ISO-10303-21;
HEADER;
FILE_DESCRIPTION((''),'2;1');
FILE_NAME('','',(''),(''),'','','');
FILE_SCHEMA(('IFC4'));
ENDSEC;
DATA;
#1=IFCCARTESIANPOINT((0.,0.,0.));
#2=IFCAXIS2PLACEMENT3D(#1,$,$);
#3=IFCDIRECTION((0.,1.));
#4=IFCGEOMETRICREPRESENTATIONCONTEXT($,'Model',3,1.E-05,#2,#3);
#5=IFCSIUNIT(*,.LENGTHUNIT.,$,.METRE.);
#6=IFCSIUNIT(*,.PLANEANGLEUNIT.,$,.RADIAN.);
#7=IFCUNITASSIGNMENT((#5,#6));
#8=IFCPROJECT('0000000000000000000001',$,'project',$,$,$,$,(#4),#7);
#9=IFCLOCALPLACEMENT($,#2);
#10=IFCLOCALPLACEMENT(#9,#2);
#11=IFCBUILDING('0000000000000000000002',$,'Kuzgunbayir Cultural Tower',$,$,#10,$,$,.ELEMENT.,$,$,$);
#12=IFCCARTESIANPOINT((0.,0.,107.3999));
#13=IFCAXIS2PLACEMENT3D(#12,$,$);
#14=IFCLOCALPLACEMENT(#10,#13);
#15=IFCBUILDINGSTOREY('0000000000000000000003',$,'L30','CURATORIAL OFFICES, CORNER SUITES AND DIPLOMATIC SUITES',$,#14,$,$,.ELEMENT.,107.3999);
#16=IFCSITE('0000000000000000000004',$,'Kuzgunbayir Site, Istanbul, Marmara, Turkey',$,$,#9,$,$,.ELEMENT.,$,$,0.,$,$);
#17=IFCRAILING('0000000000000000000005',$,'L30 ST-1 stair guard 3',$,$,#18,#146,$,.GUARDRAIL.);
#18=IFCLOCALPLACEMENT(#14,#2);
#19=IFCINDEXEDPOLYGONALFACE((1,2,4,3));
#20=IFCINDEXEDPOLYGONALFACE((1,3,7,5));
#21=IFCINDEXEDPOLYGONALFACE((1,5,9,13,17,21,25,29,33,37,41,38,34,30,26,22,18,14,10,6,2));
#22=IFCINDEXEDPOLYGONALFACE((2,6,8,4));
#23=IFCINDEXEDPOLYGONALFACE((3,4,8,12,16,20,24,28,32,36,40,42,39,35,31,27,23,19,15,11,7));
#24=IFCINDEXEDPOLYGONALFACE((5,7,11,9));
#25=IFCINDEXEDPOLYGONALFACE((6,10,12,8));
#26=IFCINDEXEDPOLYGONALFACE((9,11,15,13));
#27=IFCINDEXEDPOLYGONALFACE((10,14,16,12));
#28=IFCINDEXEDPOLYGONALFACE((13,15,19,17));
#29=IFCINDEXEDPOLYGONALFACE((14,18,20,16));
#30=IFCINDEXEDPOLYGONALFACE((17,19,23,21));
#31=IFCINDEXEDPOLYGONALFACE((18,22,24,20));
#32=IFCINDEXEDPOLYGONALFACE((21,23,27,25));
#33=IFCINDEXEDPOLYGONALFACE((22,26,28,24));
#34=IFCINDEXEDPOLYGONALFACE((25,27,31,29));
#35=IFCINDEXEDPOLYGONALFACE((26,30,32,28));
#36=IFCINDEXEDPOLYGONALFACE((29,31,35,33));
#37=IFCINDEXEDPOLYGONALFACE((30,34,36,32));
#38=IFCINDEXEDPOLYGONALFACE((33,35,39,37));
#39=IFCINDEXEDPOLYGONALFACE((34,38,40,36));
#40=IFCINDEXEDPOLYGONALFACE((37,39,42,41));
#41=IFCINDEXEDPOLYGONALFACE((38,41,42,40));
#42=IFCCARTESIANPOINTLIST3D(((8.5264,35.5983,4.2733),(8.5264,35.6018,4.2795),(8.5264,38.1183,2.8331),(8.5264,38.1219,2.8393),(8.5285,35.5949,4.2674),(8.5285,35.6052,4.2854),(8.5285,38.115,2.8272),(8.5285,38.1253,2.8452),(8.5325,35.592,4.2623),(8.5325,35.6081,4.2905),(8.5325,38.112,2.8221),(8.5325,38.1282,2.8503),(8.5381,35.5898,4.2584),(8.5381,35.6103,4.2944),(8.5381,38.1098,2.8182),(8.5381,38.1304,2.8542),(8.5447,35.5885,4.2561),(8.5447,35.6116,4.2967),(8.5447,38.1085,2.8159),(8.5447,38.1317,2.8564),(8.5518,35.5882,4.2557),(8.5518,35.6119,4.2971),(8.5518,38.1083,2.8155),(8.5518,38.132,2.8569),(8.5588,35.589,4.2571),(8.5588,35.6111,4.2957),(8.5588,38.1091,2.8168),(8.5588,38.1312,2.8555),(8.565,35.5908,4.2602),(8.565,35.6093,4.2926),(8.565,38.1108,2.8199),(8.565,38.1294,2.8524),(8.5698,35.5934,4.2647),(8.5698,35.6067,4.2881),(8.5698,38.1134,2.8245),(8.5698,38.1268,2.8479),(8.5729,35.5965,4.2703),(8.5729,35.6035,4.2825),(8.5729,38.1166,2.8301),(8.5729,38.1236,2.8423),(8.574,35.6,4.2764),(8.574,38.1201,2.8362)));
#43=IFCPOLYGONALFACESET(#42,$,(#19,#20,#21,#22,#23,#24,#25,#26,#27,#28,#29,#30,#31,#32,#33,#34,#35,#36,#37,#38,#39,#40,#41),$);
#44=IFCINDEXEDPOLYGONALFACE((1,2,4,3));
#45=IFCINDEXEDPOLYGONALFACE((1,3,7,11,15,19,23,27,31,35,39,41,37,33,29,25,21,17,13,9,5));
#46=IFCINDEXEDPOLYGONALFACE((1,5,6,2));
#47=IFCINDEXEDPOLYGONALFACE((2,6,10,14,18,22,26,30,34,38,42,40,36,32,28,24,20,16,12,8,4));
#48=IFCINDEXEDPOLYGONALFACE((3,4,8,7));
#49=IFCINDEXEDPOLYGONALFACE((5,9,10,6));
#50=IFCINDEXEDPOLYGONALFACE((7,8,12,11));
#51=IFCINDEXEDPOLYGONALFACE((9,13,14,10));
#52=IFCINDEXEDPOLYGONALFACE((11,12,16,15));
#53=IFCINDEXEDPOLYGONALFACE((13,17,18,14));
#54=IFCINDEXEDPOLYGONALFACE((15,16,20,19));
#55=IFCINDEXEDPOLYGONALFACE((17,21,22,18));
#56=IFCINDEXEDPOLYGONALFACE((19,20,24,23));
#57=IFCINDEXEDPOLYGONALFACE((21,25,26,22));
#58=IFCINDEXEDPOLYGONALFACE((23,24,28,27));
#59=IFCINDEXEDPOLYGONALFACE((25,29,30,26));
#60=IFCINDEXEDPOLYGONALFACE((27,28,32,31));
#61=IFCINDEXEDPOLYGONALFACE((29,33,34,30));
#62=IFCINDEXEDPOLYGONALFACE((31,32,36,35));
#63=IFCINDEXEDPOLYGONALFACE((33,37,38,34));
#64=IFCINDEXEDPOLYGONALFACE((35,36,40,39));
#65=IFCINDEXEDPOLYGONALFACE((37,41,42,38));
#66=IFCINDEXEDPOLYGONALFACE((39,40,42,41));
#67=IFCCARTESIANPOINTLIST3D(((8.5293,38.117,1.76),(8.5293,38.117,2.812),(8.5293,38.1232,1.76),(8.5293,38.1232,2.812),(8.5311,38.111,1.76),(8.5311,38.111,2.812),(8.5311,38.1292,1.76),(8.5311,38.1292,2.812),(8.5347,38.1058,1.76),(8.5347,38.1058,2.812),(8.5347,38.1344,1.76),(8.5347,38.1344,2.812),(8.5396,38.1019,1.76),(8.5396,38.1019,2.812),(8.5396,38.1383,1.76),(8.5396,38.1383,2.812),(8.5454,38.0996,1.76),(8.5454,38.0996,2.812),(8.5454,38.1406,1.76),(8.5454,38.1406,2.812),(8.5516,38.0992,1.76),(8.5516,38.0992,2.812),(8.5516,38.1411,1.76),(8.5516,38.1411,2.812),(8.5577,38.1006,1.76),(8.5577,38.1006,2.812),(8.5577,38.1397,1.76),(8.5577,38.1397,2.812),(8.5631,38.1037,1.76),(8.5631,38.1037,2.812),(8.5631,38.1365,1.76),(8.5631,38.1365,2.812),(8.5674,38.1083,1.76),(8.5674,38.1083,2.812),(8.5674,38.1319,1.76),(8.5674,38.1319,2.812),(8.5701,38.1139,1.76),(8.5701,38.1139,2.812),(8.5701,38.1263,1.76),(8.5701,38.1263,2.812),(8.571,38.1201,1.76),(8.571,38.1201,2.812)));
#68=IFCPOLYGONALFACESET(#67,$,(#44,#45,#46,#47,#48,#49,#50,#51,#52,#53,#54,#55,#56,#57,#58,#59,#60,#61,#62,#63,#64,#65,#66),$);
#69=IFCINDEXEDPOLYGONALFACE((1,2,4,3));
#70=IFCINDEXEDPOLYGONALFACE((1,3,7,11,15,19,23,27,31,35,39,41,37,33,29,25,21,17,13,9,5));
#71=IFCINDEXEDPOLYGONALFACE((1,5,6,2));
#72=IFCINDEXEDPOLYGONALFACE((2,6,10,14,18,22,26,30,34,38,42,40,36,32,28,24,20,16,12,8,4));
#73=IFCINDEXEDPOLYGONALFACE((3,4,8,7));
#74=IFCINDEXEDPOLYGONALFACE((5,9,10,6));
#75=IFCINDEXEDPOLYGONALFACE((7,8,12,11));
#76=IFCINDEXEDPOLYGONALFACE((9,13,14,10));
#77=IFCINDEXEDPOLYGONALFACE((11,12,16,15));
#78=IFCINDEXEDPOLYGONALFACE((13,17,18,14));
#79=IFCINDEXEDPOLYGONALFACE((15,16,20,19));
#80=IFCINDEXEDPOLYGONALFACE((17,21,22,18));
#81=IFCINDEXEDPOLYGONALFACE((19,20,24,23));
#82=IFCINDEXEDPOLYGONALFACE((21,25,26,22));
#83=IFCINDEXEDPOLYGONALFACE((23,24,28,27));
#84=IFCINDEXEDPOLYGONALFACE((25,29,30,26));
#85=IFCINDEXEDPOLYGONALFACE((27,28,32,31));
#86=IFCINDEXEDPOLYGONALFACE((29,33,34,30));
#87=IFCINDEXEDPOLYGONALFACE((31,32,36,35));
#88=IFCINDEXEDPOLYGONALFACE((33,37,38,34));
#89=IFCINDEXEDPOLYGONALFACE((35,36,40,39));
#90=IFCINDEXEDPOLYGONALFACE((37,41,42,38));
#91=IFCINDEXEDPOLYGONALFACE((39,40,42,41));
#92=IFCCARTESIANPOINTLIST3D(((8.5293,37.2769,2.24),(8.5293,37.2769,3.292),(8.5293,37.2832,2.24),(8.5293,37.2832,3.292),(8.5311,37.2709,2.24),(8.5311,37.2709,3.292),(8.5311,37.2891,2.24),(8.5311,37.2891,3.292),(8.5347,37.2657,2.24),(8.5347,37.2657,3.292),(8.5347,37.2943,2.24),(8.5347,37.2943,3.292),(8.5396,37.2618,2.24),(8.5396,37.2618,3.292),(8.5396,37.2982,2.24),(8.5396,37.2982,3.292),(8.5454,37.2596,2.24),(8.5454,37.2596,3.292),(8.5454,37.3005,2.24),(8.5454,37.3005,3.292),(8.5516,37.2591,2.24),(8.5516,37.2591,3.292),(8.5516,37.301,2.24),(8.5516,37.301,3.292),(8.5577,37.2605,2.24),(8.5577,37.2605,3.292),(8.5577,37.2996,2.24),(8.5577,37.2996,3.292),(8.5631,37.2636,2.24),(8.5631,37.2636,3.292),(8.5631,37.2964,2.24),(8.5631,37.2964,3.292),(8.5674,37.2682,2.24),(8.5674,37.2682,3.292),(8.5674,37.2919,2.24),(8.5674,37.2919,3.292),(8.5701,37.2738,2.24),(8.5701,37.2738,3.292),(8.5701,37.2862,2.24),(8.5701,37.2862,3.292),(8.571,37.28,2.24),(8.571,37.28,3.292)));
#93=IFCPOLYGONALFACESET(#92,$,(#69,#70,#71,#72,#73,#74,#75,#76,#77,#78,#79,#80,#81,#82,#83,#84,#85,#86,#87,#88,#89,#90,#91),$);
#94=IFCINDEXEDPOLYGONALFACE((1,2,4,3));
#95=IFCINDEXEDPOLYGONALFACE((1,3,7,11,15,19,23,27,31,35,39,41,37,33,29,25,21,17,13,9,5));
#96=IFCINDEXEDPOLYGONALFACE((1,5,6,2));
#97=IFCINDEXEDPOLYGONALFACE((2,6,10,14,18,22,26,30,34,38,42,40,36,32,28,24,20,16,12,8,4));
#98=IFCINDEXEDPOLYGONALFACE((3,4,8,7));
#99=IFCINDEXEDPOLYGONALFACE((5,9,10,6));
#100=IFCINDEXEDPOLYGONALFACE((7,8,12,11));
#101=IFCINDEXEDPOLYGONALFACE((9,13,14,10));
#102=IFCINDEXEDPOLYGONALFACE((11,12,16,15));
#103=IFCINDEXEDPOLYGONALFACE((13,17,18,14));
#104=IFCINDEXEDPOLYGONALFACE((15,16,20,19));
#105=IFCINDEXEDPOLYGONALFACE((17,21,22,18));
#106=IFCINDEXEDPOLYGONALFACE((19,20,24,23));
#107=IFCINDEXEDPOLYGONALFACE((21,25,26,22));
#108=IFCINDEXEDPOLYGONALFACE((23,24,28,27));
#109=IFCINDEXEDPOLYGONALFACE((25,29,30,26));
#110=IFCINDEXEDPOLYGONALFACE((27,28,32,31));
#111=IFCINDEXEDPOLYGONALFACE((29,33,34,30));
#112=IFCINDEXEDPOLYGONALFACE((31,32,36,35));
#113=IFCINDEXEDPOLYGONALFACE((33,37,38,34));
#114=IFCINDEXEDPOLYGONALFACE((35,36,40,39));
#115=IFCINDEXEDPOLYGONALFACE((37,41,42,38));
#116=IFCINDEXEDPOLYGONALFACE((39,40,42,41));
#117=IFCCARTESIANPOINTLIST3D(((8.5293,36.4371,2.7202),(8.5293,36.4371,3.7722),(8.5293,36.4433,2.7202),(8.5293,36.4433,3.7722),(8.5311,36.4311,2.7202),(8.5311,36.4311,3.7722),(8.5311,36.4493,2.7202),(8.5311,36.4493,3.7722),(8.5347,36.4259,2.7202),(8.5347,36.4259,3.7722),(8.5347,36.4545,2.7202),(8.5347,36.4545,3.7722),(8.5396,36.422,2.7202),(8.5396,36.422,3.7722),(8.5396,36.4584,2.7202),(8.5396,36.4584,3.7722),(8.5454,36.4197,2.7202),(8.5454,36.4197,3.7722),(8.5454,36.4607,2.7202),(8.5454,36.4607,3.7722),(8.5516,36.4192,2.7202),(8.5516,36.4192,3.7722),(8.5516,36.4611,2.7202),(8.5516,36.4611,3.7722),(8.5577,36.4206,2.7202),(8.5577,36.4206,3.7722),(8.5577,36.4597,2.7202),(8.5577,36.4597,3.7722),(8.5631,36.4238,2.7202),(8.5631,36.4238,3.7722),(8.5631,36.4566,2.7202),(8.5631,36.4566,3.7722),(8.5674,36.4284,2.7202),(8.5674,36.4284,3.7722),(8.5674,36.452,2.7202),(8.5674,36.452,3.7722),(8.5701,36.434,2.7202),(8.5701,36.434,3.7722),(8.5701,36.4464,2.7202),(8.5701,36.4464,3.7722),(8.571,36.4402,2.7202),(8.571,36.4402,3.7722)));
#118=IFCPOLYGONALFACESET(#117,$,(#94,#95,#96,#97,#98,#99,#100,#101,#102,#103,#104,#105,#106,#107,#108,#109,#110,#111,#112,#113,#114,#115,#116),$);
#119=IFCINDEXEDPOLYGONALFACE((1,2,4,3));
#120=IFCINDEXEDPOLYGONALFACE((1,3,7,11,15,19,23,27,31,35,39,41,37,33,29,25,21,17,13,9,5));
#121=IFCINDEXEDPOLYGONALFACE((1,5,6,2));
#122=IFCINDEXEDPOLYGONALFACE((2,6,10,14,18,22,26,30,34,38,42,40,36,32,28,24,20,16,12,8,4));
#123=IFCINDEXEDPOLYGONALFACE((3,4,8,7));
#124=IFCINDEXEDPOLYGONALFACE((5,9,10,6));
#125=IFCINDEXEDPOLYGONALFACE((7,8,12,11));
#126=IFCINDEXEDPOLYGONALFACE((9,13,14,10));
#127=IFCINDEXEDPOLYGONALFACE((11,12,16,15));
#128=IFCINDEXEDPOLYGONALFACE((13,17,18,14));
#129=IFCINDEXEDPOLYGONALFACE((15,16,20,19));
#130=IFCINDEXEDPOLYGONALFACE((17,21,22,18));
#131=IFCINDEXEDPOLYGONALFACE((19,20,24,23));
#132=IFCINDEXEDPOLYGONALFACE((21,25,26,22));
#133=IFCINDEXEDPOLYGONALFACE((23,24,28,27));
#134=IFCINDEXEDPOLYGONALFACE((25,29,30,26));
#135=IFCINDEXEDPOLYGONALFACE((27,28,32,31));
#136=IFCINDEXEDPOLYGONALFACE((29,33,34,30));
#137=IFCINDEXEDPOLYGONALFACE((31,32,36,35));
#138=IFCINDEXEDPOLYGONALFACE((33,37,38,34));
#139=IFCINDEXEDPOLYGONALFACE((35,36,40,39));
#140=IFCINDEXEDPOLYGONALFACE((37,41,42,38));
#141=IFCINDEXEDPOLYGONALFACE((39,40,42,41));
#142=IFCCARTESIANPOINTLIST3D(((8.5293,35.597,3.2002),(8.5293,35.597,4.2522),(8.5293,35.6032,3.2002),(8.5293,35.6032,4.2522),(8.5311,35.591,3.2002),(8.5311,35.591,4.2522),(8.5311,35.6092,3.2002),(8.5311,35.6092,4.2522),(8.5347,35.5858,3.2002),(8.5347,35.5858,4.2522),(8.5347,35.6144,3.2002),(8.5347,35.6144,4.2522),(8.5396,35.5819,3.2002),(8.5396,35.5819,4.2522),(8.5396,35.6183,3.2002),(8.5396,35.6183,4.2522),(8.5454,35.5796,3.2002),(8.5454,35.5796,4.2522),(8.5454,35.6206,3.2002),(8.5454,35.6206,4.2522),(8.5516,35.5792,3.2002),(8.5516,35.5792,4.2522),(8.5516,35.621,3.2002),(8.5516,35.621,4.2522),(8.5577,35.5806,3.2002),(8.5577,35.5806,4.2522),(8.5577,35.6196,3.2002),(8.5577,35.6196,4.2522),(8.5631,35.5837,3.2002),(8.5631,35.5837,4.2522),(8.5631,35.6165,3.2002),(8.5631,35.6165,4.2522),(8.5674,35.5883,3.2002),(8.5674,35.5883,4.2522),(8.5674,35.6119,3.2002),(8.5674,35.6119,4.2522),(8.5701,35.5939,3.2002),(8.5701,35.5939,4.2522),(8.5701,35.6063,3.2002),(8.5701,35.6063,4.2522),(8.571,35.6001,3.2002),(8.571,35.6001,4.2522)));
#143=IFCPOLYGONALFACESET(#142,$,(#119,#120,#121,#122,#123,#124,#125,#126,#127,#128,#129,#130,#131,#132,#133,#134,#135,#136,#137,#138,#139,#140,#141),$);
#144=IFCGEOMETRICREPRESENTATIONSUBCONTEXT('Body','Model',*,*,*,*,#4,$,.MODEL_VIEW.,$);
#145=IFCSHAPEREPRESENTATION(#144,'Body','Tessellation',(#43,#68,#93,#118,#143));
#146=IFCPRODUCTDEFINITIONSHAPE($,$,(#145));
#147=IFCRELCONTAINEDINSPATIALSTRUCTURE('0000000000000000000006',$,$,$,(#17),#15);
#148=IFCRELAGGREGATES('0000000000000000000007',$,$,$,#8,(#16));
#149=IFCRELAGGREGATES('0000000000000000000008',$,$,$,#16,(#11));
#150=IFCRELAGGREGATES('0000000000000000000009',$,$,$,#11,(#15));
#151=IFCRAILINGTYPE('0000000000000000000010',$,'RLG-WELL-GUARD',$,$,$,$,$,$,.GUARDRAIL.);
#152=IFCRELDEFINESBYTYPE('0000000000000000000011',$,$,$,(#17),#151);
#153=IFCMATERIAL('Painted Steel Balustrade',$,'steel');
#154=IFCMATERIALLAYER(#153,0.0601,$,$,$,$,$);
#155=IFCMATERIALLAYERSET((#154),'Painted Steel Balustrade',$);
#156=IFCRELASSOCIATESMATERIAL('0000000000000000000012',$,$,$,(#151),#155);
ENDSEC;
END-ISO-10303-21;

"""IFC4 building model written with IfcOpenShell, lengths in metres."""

from ifc_helpers import new_model, si_unit, direction, frame, origin, origin_2d, place, context, subcontext, project, spatial, circle, extrude, material, layer, layer_set, type_object, element, save


model = new_model("IFC4")

# Units and contexts
model_context = context("Model", 3, precision=1e-05, world=origin(), true_north=direction((0.0, 1.0)))
body_context = subcontext(model_context, "Body", "Model", "MODEL_VIEW")
ifc_project = project(units=[si_unit("LENGTHUNIT", "METRE"), si_unit("PLANEANGLEUNIT", "RADIAN")], contexts=[model_context])

# Site, building, storey
site_placement = place(None, origin())
site = spatial("IfcSite", under=ifc_project, at=site_placement, Name="Kuzgunbayir Site, Istanbul, Marmara, Turkey", CompositionType="ELEMENT", RefElevation=0.0)
building_placement = place(site_placement, origin())
building = spatial("IfcBuilding", under=site, at=building_placement, Name="Kuzgunbayir Cultural Tower", CompositionType="ELEMENT")
storey_placement = place(building_placement, frame((0.0, 0.0, 107.3999)))
storey = spatial("IfcBuildingStorey", under=building, at=storey_placement, Name="L30", Description="CURATORIAL OFFICES, CORNER SUITES AND DIPLOMATIC SUITES", CompositionType="ELEMENT", Elevation=107.3999)

# Railing
ifc_material_1 = material(Name="Painted Steel Balustrade", Category="steel")
ifc_layer_1 = layer(ifc_material_1, 0.0601)
ifc_layer_set_1 = layer_set([ifc_layer_1], Name="Painted Steel Balustrade")
railing_type_1 = type_object("IfcRailingType", Name="RLG-WELL-GUARD", PredefinedType="GUARDRAIL", material=ifc_layer_set_1)
railing_1_placement = place(storey_placement, frame((8.55, 38.1201, 1.76)))
element("IfcRailing", 1, at=railing_1_placement, inside=storey, type_object=railing_type_1, Name="L30 ST-1 stair guard 3", PredefinedType="GUARDRAIL", context=body_context, shape_type="SweptSolid", body=[
    extrude(circle(Radius=0.0239, at=origin_2d()), frame((0.0, 0.0, 1.0762), z_axis=(0.0, -0.868217, 0.496184), x_axis=(1.0, 0.0, 0.0)), (0.0, 0.0, 1.0), 2.9026),
    extrude(circle(Radius=0.021, at=origin_2d()), origin(), (0.0, 0.0, 1.0), 1.052),
    extrude(circle(Radius=0.021, at=origin_2d()), frame((0.0, -0.8401, 0.48)), (0.0, 0.0, 1.0), 1.052),
    extrude(circle(Radius=0.021, at=origin_2d()), frame((0.0, -1.6799, 0.9602)), (0.0, 0.0, 1.0), 1.052),
    extrude(circle(Radius=0.021, at=origin_2d()), frame((0.0, -2.52, 1.4402)), (0.0, 0.0, 1.0), 1.052),
])

save(model, "model.ifc")
